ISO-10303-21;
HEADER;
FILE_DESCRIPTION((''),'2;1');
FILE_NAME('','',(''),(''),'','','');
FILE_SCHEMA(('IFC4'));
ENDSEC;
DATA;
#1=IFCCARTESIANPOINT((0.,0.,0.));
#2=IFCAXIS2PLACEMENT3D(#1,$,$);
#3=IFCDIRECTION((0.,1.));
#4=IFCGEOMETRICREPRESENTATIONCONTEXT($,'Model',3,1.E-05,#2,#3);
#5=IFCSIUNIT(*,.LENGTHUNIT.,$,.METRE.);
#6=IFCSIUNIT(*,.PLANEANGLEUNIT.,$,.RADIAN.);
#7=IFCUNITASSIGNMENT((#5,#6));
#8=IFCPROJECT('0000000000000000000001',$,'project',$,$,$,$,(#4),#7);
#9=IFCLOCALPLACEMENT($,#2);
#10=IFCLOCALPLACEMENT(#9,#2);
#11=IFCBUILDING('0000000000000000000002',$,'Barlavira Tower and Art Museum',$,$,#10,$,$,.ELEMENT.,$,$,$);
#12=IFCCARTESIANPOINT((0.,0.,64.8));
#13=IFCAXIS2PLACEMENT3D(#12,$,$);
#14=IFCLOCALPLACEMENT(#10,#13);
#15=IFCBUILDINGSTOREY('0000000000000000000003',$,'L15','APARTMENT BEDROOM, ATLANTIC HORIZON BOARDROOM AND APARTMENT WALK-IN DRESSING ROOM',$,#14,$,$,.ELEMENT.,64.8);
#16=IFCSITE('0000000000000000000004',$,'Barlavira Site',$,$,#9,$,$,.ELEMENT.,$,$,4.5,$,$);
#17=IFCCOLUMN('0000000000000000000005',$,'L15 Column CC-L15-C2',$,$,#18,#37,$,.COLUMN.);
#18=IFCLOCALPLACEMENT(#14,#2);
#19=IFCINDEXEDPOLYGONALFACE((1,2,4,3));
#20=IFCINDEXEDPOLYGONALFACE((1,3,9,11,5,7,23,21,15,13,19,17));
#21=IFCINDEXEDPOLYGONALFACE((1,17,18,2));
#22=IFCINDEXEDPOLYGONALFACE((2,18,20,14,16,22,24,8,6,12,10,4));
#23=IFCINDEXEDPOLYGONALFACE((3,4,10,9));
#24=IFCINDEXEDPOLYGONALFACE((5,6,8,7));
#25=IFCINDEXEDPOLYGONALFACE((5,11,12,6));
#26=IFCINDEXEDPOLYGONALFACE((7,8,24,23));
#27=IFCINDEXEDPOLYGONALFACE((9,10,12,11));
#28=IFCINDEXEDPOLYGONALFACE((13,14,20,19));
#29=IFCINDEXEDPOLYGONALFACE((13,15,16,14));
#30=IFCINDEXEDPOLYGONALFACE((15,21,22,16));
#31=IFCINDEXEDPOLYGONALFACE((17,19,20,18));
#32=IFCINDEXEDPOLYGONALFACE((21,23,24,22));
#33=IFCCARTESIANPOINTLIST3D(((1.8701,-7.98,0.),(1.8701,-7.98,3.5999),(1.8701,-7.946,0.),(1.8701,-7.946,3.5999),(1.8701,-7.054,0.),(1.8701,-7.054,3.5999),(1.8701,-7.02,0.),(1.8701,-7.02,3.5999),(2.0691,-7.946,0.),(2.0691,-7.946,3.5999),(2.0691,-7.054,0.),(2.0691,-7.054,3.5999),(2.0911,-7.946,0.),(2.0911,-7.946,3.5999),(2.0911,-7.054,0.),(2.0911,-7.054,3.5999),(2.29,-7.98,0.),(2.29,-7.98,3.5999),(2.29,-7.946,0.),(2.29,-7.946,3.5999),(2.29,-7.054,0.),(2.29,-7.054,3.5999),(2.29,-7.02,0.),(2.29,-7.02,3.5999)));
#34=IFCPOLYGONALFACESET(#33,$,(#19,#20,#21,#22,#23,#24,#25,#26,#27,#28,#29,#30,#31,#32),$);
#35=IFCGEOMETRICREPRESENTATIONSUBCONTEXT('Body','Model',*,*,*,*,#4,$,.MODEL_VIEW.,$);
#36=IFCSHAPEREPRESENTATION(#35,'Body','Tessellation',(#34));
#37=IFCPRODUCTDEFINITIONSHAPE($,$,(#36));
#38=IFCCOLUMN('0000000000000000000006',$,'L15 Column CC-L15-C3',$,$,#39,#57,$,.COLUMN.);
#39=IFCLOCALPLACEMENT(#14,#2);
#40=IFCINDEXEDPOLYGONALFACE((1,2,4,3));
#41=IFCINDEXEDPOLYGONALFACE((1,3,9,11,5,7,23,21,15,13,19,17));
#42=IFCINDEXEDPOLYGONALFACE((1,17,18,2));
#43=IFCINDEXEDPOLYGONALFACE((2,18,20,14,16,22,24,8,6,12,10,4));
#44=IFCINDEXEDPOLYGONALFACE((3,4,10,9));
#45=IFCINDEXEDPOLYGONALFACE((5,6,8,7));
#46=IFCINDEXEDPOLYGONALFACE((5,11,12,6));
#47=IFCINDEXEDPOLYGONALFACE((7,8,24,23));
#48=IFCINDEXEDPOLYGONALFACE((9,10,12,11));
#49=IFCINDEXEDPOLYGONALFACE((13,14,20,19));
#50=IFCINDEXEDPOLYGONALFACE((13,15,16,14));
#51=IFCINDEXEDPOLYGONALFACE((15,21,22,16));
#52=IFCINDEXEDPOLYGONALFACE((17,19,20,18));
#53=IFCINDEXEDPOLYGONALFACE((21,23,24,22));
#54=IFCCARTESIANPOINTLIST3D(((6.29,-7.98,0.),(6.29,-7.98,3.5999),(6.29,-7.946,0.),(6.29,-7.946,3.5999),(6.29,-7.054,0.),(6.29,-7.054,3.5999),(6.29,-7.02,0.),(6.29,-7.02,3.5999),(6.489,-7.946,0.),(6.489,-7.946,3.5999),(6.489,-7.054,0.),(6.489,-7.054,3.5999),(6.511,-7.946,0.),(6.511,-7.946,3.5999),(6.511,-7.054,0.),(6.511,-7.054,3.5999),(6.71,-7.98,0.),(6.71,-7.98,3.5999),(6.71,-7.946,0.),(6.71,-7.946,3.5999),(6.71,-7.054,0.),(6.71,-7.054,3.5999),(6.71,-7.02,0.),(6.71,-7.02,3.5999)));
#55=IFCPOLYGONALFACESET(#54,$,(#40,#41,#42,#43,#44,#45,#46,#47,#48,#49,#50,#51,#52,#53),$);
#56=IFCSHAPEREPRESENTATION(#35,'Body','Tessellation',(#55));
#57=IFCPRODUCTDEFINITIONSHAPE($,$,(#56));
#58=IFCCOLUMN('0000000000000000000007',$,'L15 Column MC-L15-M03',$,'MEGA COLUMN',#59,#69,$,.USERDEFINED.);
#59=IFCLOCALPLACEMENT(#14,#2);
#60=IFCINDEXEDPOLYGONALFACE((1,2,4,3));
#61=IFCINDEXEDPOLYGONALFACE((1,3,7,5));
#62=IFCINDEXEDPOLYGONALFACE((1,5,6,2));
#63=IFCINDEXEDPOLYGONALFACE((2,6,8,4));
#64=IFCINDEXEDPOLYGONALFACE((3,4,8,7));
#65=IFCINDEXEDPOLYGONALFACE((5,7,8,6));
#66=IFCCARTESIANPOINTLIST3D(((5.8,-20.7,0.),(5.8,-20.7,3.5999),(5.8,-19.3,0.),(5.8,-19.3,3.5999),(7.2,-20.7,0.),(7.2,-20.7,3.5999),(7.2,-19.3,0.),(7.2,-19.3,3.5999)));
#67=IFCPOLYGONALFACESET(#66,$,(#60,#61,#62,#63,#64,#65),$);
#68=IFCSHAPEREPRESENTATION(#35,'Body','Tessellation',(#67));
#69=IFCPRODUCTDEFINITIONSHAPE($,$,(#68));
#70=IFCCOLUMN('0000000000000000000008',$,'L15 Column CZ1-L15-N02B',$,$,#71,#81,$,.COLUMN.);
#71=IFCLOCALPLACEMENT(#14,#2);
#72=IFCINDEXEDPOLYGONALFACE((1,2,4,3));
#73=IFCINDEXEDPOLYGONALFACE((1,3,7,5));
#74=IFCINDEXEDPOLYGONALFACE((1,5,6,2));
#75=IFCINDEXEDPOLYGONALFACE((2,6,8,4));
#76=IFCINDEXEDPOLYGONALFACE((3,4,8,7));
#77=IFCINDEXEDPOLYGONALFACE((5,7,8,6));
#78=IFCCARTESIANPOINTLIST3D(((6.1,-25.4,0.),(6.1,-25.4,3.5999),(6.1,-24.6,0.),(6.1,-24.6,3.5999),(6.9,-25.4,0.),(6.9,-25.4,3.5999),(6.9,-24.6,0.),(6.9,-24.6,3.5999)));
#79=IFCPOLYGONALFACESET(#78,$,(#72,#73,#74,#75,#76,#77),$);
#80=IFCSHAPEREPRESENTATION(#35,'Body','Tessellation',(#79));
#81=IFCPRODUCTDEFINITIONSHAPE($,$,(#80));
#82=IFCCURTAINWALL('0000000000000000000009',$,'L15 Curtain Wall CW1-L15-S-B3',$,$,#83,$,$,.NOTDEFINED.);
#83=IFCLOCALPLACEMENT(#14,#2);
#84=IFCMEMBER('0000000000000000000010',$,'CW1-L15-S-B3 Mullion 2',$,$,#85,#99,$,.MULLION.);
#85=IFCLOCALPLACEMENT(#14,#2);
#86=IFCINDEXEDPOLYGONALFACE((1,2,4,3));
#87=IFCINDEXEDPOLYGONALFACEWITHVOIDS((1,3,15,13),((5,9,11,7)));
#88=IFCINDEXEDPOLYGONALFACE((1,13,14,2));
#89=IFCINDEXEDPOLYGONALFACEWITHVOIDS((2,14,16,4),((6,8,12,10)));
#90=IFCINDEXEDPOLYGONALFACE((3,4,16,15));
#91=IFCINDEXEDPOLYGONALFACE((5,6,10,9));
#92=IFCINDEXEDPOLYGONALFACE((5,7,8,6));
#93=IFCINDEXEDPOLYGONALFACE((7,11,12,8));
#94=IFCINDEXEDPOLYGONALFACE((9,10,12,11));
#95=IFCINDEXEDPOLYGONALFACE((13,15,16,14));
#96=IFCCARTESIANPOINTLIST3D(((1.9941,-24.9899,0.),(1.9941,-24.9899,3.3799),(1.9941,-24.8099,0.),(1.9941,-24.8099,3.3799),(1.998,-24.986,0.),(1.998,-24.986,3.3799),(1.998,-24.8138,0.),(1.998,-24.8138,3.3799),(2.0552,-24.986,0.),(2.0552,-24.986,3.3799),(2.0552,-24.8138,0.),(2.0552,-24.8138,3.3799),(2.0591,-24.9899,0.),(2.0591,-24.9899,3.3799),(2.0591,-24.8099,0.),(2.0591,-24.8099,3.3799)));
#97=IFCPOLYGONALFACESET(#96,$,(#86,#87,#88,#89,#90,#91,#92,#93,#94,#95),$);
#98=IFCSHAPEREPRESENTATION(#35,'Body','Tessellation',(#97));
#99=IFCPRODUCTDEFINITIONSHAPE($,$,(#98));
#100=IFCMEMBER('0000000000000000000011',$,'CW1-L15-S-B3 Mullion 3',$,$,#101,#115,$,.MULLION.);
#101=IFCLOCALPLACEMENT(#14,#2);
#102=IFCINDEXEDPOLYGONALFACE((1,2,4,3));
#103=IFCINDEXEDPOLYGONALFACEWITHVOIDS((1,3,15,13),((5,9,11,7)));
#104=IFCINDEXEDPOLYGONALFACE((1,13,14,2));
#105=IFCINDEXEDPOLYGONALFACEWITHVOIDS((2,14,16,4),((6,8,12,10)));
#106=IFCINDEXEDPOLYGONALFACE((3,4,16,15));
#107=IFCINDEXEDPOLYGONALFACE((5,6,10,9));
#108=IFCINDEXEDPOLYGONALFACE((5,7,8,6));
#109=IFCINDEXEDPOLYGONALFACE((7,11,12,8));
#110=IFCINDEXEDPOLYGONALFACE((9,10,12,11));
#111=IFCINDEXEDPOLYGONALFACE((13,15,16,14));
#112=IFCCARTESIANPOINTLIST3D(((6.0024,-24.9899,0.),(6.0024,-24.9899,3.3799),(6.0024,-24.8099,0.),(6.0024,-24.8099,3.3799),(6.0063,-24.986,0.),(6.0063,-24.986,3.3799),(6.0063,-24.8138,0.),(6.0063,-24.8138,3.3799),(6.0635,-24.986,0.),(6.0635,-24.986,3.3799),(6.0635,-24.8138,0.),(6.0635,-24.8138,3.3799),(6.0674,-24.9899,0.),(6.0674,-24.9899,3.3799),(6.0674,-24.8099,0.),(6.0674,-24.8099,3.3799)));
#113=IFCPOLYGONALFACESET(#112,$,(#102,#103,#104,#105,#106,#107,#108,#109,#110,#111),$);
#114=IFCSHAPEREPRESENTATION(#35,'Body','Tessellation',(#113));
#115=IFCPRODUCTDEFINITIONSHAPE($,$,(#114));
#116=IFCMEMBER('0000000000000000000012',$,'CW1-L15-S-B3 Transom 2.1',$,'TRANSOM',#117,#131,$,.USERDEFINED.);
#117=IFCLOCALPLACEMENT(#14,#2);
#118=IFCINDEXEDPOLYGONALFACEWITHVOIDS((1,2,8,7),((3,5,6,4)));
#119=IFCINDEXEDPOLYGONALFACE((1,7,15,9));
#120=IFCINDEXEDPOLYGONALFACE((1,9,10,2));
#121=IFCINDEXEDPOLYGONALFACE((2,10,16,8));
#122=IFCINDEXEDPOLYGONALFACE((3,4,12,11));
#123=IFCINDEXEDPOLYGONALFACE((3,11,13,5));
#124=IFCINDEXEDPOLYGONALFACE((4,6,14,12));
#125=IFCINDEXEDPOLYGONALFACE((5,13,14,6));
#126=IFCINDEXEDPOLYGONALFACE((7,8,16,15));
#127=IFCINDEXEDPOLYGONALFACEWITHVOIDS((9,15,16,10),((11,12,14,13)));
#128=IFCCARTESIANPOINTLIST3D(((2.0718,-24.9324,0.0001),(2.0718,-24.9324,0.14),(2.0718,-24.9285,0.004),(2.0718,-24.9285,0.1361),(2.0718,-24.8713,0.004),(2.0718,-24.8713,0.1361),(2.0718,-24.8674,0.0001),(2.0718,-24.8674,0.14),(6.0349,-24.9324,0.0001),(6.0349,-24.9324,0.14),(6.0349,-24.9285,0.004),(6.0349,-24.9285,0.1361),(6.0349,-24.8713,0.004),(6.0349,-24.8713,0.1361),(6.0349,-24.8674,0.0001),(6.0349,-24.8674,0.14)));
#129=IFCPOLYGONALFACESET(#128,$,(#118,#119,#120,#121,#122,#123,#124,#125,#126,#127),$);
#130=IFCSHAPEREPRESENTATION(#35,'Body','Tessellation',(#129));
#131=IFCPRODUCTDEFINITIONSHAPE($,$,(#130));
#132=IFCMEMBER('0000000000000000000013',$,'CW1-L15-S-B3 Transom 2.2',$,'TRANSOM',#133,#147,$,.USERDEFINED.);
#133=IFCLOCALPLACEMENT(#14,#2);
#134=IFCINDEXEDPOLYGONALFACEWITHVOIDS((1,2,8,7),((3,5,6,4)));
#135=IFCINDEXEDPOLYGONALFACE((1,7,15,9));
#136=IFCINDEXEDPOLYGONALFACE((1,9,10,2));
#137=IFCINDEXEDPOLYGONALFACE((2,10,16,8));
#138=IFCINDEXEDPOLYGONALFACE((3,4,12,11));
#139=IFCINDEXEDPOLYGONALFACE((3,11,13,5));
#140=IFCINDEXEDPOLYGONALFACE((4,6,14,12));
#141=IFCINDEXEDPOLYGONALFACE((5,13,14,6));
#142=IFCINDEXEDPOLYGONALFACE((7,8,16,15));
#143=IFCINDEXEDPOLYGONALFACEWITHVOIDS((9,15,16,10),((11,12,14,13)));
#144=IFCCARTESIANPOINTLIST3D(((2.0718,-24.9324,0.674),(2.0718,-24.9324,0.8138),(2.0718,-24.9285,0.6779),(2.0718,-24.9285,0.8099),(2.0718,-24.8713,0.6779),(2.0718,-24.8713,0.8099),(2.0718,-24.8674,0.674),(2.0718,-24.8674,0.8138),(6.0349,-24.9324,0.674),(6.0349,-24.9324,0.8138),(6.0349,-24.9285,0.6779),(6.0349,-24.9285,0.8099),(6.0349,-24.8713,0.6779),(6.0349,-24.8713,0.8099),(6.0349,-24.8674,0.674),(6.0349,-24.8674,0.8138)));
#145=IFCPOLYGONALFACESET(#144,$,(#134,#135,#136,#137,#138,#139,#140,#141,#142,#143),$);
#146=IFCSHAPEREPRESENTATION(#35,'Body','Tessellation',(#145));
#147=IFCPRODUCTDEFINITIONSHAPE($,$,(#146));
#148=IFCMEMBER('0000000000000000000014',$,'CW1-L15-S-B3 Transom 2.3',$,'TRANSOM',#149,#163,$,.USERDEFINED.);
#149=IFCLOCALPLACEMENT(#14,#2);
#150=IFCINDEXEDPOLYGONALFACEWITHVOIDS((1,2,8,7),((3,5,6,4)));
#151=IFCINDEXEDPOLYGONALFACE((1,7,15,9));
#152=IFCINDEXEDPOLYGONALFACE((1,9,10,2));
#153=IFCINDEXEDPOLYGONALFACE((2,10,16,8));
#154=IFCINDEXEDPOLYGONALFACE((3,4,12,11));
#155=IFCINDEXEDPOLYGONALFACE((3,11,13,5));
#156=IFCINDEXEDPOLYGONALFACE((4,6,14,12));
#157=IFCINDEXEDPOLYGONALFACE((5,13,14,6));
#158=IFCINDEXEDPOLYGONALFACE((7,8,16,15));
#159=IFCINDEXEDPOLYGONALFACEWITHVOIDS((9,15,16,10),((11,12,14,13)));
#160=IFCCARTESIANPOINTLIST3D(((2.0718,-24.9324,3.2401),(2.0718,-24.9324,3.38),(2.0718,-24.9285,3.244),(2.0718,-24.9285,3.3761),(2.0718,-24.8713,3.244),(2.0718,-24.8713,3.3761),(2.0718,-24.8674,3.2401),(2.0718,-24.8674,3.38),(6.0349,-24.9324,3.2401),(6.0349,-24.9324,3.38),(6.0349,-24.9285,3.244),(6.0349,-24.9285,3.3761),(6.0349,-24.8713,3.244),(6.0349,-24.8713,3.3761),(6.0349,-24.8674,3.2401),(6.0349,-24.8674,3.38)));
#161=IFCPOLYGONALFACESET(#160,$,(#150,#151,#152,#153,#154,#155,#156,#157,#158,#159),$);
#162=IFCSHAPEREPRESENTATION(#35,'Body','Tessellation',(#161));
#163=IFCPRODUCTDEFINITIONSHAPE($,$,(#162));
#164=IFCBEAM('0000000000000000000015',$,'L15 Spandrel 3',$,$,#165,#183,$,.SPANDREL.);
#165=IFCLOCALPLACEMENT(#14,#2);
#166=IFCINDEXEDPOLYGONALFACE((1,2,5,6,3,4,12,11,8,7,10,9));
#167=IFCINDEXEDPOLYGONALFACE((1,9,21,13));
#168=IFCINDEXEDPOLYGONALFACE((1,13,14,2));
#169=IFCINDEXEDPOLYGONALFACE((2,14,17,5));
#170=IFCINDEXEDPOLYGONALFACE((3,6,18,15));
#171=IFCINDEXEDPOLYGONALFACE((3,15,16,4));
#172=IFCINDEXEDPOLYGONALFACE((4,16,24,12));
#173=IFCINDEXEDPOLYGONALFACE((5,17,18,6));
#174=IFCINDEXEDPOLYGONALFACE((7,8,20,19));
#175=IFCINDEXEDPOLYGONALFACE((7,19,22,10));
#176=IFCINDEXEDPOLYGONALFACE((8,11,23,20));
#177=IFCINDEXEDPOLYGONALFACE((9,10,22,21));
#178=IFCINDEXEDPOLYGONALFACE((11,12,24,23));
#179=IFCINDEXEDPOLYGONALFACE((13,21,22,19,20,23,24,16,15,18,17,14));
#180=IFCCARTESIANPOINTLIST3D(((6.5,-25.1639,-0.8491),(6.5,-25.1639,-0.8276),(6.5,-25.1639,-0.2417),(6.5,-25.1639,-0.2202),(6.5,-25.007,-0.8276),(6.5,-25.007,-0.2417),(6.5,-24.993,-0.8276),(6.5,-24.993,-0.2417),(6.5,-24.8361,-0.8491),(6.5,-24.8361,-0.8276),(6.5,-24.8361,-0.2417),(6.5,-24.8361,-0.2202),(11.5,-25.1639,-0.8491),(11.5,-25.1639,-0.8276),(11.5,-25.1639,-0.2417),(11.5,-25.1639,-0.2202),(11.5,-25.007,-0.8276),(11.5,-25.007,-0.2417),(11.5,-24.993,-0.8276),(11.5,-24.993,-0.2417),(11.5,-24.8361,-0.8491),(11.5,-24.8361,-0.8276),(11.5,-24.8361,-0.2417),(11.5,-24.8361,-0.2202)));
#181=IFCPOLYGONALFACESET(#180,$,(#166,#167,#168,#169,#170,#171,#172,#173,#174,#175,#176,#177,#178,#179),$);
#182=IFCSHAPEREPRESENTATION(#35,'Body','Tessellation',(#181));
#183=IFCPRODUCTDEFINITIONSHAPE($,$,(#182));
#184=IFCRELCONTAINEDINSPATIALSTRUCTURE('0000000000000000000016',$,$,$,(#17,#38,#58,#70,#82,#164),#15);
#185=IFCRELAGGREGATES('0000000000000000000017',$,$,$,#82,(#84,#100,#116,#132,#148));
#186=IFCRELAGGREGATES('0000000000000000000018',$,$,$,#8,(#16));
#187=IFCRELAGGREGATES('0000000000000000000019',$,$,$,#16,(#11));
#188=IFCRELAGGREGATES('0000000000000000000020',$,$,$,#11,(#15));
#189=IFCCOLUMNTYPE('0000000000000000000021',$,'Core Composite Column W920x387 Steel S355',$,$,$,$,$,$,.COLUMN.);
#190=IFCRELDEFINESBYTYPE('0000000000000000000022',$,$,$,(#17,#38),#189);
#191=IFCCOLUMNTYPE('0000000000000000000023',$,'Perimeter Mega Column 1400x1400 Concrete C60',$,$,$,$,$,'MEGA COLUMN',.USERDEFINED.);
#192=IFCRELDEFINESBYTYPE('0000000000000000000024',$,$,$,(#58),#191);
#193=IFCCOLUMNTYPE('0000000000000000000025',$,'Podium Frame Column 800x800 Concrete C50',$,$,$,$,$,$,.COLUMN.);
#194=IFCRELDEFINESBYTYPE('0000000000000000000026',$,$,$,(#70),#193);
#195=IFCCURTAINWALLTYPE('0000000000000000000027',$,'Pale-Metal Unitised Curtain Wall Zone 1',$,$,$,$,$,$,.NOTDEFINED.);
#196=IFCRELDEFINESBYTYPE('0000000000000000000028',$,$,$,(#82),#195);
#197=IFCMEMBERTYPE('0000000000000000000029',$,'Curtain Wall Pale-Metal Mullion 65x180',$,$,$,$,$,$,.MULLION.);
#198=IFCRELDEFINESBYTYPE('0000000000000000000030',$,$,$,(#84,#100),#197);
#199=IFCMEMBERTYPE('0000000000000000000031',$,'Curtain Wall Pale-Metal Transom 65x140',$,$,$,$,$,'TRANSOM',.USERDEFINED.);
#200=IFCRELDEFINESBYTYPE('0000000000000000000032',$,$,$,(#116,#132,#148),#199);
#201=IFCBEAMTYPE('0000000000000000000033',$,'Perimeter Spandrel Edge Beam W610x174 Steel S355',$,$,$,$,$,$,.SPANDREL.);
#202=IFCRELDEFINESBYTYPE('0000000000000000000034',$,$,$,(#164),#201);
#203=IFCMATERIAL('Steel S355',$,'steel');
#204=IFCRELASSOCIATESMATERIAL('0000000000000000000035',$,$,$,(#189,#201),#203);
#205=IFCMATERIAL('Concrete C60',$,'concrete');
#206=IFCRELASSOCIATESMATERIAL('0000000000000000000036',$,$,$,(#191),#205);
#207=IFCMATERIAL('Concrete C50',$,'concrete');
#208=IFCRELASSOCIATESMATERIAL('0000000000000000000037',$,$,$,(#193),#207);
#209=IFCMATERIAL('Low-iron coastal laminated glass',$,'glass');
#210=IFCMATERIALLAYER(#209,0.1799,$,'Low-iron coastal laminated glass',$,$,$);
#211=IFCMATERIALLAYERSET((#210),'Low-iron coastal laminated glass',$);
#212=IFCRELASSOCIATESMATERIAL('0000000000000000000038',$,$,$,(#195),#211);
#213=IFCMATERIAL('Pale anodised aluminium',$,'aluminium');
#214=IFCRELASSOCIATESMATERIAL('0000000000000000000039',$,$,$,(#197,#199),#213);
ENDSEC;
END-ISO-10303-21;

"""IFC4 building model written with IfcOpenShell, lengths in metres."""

from ifc_helpers import new_model, si_unit, direction, frame, origin, origin_2d, place, context, subcontext, project, spatial, rectangle, hollow_rectangle, i_section, extrude, material, layer, layer_set, material_profile, profile_set, type_object, element, aggregate, save


model = new_model("IFC4")

# Units and contexts
model_context = context("Model", 3, precision=1e-05, world=origin(), true_north=direction((0.0, 1.0)))
body_context = subcontext(model_context, "Body", "Model", "MODEL_VIEW")
ifc_project = project(units=[si_unit("LENGTHUNIT", "METRE"), si_unit("PLANEANGLEUNIT", "RADIAN")], contexts=[model_context])

# Site, building, storey
site_placement = place(None, origin())
site = spatial("IfcSite", under=ifc_project, at=site_placement, Name="Barlavira Site", CompositionType="ELEMENT", RefElevation=4.5)
building_placement = place(site_placement, origin())
building = spatial("IfcBuilding", under=site, at=building_placement, Name="Barlavira Tower and Art Museum", CompositionType="ELEMENT")
storey_placement = place(building_placement, frame((0.0, 0.0, 64.8)))
storey = spatial("IfcBuildingStorey", under=building, at=storey_placement, Name="L15", Description="APARTMENT BEDROOM, ATLANTIC HORIZON BOARDROOM AND APARTMENT WALK-IN DRESSING ROOM", CompositionType="ELEMENT", Elevation=64.8)

# Columns
ifc_material_1 = material(Name="Steel S355", Category="steel")
ifc_material_profile_1 = material_profile(ifc_material_1, i_section(OverallWidth=0.4199, OverallDepth=0.96, WebThickness=0.022, FlangeThickness=0.0339, at=origin_2d()), Name="W920x387.0")
ifc_profile_set_1 = profile_set([ifc_material_profile_1], Name="Steel S355")
column_type_1 = type_object("IfcColumnType", Name="Core Composite Column W920x387 Steel S355", PredefinedType="COLUMN", material=ifc_profile_set_1)
for number, where, z_axis, x_axis, name in (
    (1, (2.0801, -7.5, 0.0), (0.0, 0.0, 1.0), (1.0, 0.0, 0.0), "L15 Column CC-L15-C2"),
    (2, (6.5, -7.5, 0.0), (0.0, 0.0, 1.0), (1.0, 0.0, 0.0), "L15 Column CC-L15-C3"),
):
    element("IfcColumn", number, at=place(storey_placement, frame(where, z_axis=z_axis, x_axis=x_axis)), inside=storey, type_object=column_type_1, Name=name, PredefinedType="COLUMN", context=body_context, shape_type="SweptSolid", body=[
        extrude(i_section(OverallWidth=0.4199, OverallDepth=0.96, WebThickness=0.022, FlangeThickness=0.0339, at=origin_2d()), origin(), (0.0, 0.0, 1.0), 3.5999),
    ])
ifc_material_2 = material(Name="Concrete C60", Category="concrete")
ifc_material_profile_2 = material_profile(ifc_material_2, rectangle(XDim=1.3999, YDim=1.3999, at=origin_2d()), Name="RC-MCOL 1400x1400")
ifc_profile_set_2 = profile_set([ifc_material_profile_2], Name="Concrete C60")
column_type_2 = type_object("IfcColumnType", Name="Perimeter Mega Column 1400x1400 Concrete C60", ElementType="MEGA COLUMN", PredefinedType="USERDEFINED", material=ifc_profile_set_2)
column_1_placement = place(storey_placement, frame((6.5, -20.0, 0.0), z_axis=(0.0, 0.0, 1.0), x_axis=(1.0, 0.0, 0.0)))
element("IfcColumn", 3, at=column_1_placement, inside=storey, type_object=column_type_2, Name="L15 Column MC-L15-M03", ObjectType="MEGA COLUMN", PredefinedType="USERDEFINED", context=body_context, shape_type="SweptSolid", body=[
    extrude(rectangle(XDim=1.3999, YDim=1.3999, at=origin_2d()), origin(), (0.0, 0.0, 1.0), 3.5999),
])
ifc_material_3 = material(Name="Concrete C50", Category="concrete")
ifc_material_profile_3 = material_profile(ifc_material_3, rectangle(XDim=0.8, YDim=0.8, at=origin_2d()), Name="RC-COL 800x800")
ifc_profile_set_3 = profile_set([ifc_material_profile_3], Name="Concrete C50")
column_type_3 = type_object("IfcColumnType", Name="Podium Frame Column 800x800 Concrete C50", PredefinedType="COLUMN", material=ifc_profile_set_3)
column_2_placement = place(storey_placement, frame((6.5, -25.0, 0.0), z_axis=(0.0, 0.0, 1.0), x_axis=(1.0, 0.0, 0.0)))
element("IfcColumn", 4, at=column_2_placement, inside=storey, type_object=column_type_3, Name="L15 Column CZ1-L15-N02B", PredefinedType="COLUMN", context=body_context, shape_type="SweptSolid", body=[
    extrude(rectangle(XDim=0.8, YDim=0.8, at=origin_2d()), origin(), (0.0, 0.0, 1.0), 3.5999),
])

# Curtain wall, members
ifc_material_4 = material(Name="Low-iron coastal laminated glass", Category="glass")
ifc_layer_1 = layer(ifc_material_4, 0.1799, Name="Low-iron coastal laminated glass")
ifc_layer_set_1 = layer_set([ifc_layer_1], Name="Low-iron coastal laminated glass")
curtain_wall_type = type_object("IfcCurtainWallType", Name="Pale-Metal Unitised Curtain Wall Zone 1", PredefinedType="NOTDEFINED", material=ifc_layer_set_1)
curtain_wall_placement = place(storey_placement, origin())
curtain_wall = element("IfcCurtainWall", 5, at=curtain_wall_placement, inside=storey, type_object=curtain_wall_type, Name="L15 Curtain Wall CW1-L15-S-B3", PredefinedType="NOTDEFINED")
ifc_material_5 = material(Name="Pale anodised aluminium", Category="aluminium")
ifc_material_profile_4 = material_profile(ifc_material_5, hollow_rectangle(XDim=0.0649, YDim=0.1799, WallThickness=0.0039, at=origin_2d()), Name="ALU-MULL 65x180x4")
ifc_profile_set_4 = profile_set([ifc_material_profile_4], Name="Pale anodised aluminium")
member_type_1 = type_object("IfcMemberType", Name="Curtain Wall Pale-Metal Mullion 65x180", PredefinedType="MULLION", material=ifc_profile_set_4)
member_1_placement = place(storey_placement, frame((2.0266, -24.8999, 0.0), z_axis=(0.0, 0.0, 1.0), x_axis=(1.0, 0.0, 0.0)))
member_1 = element("IfcMember", 6, at=member_1_placement, type_object=member_type_1, Name="CW1-L15-S-B3 Mullion 2", PredefinedType="MULLION", context=body_context, shape_type="SweptSolid", body=[
    extrude(hollow_rectangle(XDim=0.0649, YDim=0.1799, WallThickness=0.0039, at=origin_2d()), origin(), (0.0, 0.0, 1.0), 3.3799),
])
member_2_placement = place(storey_placement, frame((6.0349, -24.8999, 0.0), z_axis=(0.0, 0.0, 1.0), x_axis=(1.0, 0.0, 0.0)))
member_2 = element("IfcMember", 7, at=member_2_placement, type_object=member_type_1, Name="CW1-L15-S-B3 Mullion 3", PredefinedType="MULLION", context=body_context, shape_type="SweptSolid", body=[
    extrude(hollow_rectangle(XDim=0.0649, YDim=0.1799, WallThickness=0.0039, at=origin_2d()), origin(), (0.0, 0.0, 1.0), 3.3799),
])
ifc_material_profile_5 = material_profile(ifc_material_5, hollow_rectangle(XDim=0.0649, YDim=0.1399, WallThickness=0.0039, at=origin_2d()), Name="ALU-TRAN 65x140x4")
ifc_profile_set_5 = profile_set([ifc_material_profile_5], Name="Pale anodised aluminium")
member_type_2 = type_object("IfcMemberType", Name="Curtain Wall Pale-Metal Transom 65x140", ElementType="TRANSOM", PredefinedType="USERDEFINED", material=ifc_profile_set_5)
member_3_placement = place(storey_placement, frame((2.0718, -24.8999, 0.0701), z_axis=(1.0, 0.0, 0.0), x_axis=(0.0, 1.0, 0.0)))
member_3 = element("IfcMember", 8, at=member_3_placement, type_object=member_type_2, Name="CW1-L15-S-B3 Transom 2.1", ObjectType="TRANSOM", PredefinedType="USERDEFINED", context=body_context, shape_type="SweptSolid", body=[
    extrude(hollow_rectangle(XDim=0.0649, YDim=0.1399, WallThickness=0.0039, at=origin_2d()), origin(), (0.0, 0.0, 1.0), 3.9631),
])
member_4_placement = place(storey_placement, frame((2.0718, -24.8999, 0.7439), z_axis=(1.0, 0.0, 0.0), x_axis=(0.0, 1.0, 0.0)))
member_4 = element("IfcMember", 9, at=member_4_placement, type_object=member_type_2, Name="CW1-L15-S-B3 Transom 2.2", ObjectType="TRANSOM", PredefinedType="USERDEFINED", context=body_context, shape_type="SweptSolid", body=[
    extrude(hollow_rectangle(XDim=0.0649, YDim=0.1399, WallThickness=0.0039, at=origin_2d()), origin(), (0.0, 0.0, 1.0), 3.9631),
])
member_5_placement = place(storey_placement, frame((2.0718, -24.8999, 3.3101), z_axis=(1.0, 0.0, 0.0), x_axis=(0.0, 1.0, 0.0)))
member_5 = element("IfcMember", 10, at=member_5_placement, type_object=member_type_2, Name="CW1-L15-S-B3 Transom 2.3", ObjectType="TRANSOM", PredefinedType="USERDEFINED", context=body_context, shape_type="SweptSolid", body=[
    extrude(hollow_rectangle(XDim=0.0649, YDim=0.1399, WallThickness=0.0039, at=origin_2d()), origin(), (0.0, 0.0, 1.0), 3.9631),
])

# Beam
ifc_material_profile_6 = material_profile(ifc_material_1, i_section(OverallWidth=0.3279, OverallDepth=0.6289, WebThickness=0.0139, FlangeThickness=0.0215, at=origin_2d()), Name="W610x174.0")
ifc_profile_set_6 = profile_set([ifc_material_profile_6], Name="Steel S355")
beam_type_1 = type_object("IfcBeamType", Name="Perimeter Spandrel Edge Beam W610x174 Steel S355", PredefinedType="SPANDREL", material=ifc_profile_set_6)
beam_1_placement = place(storey_placement, frame((6.5, -25.0, -0.5347), z_axis=(1.0, 0.0, 0.0), x_axis=(0.0, 1.0, 0.0)))
element("IfcBeam", 11, at=beam_1_placement, inside=storey, type_object=beam_type_1, Name="L15 Spandrel 3", PredefinedType="SPANDREL", context=body_context, shape_type="SweptSolid", body=[
    extrude(i_section(OverallWidth=0.3279, OverallDepth=0.6289, WebThickness=0.0139, FlangeThickness=0.0215, at=origin_2d()), origin(), (0.0, 0.0, 1.0), 5.0),
])

aggregate(curtain_wall, [member_1, member_2, member_3, member_4, member_5])

save(model, "model.ifc")
